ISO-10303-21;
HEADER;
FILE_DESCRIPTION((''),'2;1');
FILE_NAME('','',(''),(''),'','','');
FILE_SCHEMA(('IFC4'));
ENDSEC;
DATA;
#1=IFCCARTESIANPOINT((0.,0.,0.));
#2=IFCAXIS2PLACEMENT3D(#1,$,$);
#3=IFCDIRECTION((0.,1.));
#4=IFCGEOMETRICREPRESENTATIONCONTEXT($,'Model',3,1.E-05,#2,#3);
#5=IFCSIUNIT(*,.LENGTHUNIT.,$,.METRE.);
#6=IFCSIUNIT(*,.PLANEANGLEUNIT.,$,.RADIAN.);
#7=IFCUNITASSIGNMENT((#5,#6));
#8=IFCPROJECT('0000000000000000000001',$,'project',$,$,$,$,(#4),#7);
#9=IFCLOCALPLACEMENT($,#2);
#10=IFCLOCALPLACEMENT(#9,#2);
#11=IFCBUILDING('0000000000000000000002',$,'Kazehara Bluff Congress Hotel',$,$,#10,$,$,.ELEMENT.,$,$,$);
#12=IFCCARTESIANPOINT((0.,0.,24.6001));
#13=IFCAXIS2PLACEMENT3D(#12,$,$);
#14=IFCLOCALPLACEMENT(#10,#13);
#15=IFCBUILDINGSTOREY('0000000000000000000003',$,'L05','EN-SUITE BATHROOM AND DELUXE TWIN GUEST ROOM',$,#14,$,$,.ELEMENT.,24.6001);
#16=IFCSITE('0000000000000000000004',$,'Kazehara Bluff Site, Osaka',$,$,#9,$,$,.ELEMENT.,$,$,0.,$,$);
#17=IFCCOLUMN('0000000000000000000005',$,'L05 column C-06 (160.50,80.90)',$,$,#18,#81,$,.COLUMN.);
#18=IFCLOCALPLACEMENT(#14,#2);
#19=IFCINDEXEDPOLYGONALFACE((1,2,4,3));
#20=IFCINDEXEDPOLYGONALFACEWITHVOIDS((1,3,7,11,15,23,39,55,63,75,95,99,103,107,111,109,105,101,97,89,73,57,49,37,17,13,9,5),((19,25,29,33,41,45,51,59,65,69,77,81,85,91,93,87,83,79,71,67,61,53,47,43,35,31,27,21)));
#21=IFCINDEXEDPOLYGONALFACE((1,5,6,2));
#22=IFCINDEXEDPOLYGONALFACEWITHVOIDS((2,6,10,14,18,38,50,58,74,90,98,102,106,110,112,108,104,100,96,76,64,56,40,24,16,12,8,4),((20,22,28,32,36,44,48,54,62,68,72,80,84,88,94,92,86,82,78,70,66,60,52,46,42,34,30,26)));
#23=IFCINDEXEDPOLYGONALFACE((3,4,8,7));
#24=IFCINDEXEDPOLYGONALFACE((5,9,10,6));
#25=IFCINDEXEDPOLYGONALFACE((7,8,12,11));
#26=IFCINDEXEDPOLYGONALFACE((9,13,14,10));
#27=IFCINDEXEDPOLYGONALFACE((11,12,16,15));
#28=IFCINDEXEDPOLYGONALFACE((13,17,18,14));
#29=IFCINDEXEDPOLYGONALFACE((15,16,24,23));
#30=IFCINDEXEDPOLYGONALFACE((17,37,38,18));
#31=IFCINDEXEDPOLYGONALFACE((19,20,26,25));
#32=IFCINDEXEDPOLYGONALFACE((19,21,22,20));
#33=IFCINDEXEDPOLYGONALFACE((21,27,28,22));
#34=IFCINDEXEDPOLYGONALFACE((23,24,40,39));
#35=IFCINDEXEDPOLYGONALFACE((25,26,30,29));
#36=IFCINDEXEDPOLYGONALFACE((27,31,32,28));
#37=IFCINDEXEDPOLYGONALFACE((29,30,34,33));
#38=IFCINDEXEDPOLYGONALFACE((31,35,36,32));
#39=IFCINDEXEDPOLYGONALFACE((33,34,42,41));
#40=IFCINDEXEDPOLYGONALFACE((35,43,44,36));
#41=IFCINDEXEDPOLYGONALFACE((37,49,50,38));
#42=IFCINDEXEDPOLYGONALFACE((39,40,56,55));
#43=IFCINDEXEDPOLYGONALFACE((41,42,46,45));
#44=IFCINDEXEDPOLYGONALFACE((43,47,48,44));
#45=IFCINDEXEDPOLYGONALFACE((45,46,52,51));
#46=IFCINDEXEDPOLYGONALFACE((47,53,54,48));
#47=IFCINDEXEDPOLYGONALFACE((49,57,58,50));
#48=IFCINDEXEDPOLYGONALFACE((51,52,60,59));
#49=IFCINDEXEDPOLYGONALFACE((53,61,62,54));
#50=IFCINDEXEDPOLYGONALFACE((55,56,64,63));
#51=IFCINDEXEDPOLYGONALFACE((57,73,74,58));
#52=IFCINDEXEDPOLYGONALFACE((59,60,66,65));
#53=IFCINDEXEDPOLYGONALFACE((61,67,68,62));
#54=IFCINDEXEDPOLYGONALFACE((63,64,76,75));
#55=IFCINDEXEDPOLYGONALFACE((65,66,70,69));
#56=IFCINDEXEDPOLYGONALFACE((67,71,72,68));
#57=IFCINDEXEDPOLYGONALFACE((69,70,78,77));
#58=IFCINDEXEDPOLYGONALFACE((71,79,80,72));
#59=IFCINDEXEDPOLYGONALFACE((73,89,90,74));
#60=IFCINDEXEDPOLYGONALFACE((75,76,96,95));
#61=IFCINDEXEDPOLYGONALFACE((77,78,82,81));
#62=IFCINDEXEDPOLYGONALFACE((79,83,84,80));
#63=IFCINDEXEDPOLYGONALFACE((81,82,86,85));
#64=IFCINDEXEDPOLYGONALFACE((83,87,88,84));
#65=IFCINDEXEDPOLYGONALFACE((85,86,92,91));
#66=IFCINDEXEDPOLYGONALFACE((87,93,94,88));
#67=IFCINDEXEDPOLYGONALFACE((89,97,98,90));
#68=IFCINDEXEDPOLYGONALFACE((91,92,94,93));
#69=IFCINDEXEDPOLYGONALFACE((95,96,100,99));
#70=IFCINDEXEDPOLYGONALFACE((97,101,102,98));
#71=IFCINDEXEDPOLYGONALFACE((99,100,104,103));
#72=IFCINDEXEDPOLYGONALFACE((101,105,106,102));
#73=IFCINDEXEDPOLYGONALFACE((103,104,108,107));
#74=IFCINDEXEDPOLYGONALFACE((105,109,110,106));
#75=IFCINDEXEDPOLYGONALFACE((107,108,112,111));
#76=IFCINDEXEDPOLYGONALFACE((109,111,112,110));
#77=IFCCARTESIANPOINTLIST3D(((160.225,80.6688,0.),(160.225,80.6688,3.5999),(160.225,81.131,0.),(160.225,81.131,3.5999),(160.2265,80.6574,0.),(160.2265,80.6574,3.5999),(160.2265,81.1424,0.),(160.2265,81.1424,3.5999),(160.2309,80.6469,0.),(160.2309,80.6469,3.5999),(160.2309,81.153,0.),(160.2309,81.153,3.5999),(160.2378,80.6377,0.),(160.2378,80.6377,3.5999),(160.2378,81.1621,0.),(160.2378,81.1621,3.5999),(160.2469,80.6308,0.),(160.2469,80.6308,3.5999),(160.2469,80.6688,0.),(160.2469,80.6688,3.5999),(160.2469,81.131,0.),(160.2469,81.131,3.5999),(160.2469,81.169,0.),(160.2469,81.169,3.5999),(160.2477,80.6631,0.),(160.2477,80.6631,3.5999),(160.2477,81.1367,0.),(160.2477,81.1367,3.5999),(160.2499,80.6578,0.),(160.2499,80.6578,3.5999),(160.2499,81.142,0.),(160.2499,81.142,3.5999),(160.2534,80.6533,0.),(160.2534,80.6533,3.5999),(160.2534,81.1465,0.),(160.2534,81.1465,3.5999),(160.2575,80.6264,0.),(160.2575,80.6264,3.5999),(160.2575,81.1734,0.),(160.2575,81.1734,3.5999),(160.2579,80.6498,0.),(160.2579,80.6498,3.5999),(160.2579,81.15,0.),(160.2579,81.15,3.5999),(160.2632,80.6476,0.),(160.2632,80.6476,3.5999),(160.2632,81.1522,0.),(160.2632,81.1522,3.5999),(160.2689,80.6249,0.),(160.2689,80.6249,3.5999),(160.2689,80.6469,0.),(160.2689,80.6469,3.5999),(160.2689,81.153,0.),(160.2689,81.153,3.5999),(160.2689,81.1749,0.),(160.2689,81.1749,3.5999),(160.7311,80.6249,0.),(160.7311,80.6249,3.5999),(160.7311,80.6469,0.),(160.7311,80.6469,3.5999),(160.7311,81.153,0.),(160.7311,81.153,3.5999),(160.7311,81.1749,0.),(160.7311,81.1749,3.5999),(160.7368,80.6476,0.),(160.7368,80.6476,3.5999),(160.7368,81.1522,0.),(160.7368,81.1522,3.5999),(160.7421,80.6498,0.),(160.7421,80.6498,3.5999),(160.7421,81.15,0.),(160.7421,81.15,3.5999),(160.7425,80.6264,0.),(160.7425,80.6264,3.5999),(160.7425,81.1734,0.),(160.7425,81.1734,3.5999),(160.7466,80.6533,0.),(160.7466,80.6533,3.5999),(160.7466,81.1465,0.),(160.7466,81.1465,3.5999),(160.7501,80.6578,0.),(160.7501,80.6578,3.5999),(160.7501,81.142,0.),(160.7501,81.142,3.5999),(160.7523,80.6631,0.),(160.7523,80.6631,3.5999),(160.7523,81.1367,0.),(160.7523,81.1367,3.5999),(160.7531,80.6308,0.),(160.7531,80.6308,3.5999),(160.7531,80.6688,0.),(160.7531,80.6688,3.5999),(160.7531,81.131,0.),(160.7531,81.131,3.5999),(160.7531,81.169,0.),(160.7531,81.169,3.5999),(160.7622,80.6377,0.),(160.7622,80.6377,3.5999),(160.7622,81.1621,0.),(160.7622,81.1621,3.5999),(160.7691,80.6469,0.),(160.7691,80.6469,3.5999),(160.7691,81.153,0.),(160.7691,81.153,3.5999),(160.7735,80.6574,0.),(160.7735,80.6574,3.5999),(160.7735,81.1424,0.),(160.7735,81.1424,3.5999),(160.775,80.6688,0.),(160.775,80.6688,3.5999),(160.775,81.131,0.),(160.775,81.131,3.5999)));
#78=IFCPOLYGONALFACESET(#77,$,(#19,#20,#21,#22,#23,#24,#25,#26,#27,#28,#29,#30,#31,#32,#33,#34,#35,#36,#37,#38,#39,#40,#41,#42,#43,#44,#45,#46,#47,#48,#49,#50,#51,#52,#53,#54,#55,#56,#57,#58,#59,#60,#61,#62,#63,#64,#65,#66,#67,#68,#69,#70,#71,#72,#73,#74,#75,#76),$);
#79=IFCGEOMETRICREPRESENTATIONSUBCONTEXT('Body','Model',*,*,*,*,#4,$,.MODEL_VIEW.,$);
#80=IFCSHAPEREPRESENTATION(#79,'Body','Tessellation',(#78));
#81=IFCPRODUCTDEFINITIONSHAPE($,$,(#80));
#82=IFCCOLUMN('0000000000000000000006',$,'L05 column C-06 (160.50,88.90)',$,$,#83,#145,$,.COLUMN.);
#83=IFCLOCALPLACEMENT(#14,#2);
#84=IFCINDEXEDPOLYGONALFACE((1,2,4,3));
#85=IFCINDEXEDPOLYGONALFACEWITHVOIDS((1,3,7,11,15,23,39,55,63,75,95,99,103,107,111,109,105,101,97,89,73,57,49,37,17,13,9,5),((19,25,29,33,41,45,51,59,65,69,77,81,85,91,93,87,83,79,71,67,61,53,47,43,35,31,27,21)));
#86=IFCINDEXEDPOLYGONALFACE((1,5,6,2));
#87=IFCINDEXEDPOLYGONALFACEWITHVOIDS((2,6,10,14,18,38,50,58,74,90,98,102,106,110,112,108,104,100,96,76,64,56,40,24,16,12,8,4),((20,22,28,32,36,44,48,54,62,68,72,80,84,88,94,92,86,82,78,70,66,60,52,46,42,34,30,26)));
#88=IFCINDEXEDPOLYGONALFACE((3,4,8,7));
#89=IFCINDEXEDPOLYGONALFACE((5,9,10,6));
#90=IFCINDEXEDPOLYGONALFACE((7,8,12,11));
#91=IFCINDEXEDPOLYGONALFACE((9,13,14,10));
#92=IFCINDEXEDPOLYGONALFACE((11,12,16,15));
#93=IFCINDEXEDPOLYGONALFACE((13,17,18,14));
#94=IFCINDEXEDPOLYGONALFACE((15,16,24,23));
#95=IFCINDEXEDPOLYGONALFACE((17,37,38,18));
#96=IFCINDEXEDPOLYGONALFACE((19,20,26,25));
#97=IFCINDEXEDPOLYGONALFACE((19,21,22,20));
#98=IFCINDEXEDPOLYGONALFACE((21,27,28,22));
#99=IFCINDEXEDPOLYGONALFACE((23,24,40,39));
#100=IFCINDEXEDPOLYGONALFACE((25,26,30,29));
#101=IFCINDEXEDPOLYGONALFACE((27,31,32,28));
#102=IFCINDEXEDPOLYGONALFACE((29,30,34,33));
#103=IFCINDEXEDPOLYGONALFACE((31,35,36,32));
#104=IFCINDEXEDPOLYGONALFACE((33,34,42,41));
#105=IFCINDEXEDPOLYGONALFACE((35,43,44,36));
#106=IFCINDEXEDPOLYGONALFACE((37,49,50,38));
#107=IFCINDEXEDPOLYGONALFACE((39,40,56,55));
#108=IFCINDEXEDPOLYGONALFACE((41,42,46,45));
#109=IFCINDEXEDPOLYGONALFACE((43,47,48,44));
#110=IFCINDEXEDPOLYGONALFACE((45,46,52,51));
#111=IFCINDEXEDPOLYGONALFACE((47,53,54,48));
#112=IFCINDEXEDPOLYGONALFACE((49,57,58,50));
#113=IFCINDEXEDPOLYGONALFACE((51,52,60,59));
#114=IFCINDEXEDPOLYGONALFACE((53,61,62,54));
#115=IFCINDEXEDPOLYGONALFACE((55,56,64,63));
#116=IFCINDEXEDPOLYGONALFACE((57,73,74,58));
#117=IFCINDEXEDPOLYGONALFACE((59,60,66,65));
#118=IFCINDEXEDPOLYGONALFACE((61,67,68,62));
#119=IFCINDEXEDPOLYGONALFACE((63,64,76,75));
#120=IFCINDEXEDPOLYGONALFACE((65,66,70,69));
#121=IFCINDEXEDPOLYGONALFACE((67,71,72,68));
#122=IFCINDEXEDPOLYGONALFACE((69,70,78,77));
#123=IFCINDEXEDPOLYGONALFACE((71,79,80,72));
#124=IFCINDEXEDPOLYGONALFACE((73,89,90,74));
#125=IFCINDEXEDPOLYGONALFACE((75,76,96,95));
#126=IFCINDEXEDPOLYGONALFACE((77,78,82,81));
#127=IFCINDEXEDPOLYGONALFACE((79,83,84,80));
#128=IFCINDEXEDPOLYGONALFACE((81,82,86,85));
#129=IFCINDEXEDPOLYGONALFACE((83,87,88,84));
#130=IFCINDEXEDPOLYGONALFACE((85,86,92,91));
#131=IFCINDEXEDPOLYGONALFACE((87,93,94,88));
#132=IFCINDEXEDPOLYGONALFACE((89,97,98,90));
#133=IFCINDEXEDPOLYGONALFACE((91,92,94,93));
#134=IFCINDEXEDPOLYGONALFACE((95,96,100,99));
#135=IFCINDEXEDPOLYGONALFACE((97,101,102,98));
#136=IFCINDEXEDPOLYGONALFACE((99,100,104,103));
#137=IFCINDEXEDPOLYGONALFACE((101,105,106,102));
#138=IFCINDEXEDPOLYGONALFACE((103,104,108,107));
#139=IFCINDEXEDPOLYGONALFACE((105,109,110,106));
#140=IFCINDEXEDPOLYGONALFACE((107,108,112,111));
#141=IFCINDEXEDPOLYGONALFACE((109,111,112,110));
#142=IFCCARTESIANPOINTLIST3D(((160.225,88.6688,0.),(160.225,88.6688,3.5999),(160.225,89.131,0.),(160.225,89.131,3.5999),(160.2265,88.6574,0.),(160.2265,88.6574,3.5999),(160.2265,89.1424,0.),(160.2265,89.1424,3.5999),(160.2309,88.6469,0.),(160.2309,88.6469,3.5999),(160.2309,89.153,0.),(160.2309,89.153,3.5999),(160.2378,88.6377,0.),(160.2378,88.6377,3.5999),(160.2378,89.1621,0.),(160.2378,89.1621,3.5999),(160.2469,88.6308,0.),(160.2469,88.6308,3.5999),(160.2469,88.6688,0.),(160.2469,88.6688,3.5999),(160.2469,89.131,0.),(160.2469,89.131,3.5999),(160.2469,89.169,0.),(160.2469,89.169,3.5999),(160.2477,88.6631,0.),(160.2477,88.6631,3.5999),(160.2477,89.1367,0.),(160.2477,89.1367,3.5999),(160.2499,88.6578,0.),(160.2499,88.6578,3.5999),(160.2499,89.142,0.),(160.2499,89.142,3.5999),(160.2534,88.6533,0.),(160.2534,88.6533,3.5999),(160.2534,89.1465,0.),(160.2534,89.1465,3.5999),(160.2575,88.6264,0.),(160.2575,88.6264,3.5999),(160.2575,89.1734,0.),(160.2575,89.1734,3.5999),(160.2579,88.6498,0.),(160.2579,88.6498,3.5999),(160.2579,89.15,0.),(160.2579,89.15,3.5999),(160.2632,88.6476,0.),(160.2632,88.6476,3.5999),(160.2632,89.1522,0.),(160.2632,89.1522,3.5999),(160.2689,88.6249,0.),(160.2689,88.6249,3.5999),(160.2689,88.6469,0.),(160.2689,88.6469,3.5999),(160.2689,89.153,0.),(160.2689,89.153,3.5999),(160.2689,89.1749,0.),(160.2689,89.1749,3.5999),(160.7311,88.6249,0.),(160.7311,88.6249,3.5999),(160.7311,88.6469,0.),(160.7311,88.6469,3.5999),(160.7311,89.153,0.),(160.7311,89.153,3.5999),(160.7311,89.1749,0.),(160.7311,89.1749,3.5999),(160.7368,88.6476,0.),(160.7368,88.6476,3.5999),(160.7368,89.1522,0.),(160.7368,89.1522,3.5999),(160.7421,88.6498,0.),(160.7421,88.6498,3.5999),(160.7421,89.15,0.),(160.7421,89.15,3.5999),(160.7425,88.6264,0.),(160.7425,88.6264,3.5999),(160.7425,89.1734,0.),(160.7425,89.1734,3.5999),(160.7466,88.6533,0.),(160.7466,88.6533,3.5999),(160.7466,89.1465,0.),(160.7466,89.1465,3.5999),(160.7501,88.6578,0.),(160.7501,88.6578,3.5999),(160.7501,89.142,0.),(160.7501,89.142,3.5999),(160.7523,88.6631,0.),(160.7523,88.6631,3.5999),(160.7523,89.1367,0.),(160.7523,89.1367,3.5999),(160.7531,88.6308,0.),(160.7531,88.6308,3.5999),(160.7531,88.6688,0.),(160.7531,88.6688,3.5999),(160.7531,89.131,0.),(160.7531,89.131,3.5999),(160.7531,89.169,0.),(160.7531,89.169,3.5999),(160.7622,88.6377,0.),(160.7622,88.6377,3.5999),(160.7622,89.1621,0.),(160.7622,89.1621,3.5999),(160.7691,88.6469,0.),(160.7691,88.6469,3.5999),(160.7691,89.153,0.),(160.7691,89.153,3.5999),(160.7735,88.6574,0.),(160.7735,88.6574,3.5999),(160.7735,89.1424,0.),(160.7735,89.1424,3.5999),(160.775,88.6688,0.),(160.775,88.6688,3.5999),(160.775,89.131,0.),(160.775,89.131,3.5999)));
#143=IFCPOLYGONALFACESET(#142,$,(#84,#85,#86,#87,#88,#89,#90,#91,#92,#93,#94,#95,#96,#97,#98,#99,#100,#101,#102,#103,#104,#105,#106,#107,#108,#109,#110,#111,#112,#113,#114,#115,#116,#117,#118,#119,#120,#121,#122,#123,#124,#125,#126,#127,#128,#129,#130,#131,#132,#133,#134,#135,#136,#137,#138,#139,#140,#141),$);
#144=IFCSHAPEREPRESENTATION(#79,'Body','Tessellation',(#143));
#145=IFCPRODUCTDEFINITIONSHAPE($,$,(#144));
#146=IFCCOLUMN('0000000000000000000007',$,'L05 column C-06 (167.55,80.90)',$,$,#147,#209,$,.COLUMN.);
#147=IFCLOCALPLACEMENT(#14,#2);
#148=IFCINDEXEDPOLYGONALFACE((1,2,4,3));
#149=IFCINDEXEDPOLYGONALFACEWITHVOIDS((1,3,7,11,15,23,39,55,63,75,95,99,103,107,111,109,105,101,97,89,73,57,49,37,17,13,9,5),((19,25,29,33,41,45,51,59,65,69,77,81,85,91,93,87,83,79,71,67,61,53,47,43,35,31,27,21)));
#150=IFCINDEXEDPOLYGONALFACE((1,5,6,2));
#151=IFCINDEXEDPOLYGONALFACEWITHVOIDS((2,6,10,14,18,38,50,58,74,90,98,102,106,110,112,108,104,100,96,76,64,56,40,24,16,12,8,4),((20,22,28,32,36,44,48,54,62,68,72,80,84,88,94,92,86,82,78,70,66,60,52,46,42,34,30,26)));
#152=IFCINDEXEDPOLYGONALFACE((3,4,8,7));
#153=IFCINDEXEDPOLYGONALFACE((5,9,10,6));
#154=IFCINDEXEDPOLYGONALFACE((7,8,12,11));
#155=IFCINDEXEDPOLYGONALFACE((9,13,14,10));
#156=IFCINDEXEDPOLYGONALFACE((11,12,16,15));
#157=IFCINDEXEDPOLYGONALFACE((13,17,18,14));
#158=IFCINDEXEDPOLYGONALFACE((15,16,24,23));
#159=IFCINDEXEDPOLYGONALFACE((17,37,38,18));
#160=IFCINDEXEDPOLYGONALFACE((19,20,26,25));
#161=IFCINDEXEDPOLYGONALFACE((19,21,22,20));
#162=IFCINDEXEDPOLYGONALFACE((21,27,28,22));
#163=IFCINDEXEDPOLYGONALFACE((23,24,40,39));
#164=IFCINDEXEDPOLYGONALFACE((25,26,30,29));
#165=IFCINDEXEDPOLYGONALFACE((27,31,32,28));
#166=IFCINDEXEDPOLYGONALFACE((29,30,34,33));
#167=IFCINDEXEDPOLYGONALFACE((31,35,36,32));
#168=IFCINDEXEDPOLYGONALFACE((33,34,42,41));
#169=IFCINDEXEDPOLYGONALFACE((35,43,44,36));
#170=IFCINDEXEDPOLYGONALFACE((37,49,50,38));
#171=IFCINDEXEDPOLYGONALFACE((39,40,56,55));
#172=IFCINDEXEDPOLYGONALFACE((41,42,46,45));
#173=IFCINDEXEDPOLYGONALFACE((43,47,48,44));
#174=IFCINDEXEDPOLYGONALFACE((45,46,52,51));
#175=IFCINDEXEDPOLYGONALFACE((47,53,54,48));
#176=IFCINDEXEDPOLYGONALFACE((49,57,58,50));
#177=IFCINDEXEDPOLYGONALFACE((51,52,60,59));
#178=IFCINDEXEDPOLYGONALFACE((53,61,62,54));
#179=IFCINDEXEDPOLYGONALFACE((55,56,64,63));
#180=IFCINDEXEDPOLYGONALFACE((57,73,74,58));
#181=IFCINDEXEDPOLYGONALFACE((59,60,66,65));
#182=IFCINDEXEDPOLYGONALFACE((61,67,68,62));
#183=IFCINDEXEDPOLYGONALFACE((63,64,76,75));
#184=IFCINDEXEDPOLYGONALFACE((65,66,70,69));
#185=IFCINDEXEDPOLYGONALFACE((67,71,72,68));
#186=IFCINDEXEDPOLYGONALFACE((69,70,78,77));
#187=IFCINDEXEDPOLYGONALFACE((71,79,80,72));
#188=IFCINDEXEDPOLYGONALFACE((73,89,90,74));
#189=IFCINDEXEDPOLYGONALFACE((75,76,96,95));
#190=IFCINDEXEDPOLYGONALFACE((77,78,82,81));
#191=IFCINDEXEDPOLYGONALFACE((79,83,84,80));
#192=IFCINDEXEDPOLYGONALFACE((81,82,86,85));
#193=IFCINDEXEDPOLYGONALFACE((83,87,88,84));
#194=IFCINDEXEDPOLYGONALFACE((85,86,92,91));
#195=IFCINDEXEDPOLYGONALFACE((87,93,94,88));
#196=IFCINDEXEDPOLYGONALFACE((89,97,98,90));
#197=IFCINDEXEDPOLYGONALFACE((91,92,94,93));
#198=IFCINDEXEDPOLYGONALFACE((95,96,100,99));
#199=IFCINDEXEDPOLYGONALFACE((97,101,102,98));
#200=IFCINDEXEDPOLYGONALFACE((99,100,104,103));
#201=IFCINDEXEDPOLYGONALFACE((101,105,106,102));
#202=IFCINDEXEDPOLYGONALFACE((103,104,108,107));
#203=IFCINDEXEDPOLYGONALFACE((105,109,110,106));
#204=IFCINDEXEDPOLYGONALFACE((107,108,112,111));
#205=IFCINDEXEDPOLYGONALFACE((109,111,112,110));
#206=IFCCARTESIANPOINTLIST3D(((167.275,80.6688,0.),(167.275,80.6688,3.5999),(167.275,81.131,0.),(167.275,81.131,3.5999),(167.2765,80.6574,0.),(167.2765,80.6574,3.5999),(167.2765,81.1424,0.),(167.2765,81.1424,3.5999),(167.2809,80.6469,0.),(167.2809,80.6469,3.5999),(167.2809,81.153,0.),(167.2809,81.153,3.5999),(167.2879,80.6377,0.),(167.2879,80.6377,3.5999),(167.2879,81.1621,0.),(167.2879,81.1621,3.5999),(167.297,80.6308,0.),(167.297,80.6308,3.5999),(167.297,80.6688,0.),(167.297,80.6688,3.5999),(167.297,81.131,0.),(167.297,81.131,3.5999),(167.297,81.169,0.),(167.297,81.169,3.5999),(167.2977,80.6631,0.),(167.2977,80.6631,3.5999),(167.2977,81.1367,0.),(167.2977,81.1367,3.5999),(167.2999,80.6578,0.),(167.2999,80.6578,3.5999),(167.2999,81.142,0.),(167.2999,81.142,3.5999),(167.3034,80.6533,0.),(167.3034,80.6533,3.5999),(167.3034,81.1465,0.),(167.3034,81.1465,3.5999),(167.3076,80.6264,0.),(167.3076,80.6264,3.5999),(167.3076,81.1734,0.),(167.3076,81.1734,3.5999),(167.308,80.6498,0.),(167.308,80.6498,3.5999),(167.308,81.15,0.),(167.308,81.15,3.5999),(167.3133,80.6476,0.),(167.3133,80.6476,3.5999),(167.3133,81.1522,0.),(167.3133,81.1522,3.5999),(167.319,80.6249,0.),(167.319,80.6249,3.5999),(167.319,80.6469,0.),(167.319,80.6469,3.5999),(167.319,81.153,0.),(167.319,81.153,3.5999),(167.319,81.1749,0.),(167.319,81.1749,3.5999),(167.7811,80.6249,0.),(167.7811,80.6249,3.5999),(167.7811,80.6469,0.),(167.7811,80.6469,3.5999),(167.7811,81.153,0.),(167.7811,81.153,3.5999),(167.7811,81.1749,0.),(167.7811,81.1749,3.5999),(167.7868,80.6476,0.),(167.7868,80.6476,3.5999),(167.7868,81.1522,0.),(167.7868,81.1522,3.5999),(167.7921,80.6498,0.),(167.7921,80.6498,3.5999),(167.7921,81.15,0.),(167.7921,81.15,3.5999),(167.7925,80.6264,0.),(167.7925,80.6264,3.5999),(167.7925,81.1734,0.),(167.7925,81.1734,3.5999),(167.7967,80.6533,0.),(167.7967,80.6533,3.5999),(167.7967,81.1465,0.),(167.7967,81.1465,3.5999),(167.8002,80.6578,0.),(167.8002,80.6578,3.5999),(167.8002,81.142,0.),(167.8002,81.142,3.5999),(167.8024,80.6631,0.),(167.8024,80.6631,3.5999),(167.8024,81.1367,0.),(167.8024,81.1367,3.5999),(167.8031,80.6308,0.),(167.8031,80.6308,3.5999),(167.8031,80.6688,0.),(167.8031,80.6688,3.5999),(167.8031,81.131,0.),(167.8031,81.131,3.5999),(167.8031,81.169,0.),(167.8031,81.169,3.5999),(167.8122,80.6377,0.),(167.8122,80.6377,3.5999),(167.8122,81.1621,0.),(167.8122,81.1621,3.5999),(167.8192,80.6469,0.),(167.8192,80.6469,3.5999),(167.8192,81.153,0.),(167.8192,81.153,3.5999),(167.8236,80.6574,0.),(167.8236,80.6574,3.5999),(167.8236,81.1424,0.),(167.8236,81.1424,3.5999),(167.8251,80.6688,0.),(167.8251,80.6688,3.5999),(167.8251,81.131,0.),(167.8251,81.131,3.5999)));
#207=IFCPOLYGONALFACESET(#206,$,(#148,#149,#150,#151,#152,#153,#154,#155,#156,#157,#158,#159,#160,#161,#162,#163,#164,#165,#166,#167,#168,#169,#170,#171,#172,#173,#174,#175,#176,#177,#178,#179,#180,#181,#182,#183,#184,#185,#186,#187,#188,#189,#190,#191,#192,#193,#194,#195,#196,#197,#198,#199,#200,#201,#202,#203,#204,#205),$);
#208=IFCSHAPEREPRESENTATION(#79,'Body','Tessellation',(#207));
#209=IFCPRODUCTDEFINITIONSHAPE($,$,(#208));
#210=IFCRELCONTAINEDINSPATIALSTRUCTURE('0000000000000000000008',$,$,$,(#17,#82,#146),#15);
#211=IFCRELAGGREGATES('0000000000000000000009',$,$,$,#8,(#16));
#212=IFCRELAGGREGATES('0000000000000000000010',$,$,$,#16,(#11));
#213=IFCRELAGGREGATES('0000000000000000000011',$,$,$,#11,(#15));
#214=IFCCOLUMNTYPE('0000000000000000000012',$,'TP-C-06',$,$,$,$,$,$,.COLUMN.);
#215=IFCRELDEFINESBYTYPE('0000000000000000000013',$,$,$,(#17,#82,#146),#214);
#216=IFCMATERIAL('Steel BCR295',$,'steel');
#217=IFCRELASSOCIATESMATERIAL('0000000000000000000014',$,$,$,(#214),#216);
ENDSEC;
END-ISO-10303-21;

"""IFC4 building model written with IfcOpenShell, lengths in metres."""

from ifc_helpers import new_model, si_unit, direction, frame, origin, origin_2d, place, context, subcontext, project, spatial, hollow_rectangle, extrude, material, material_profile, profile_set, type_object, element, save


model = new_model("IFC4")

# Units and contexts
model_context = context("Model", 3, precision=1e-05, world=origin(), true_north=direction((0.0, 1.0)))
body_context = subcontext(model_context, "Body", "Model", "MODEL_VIEW")
ifc_project = project(units=[si_unit("LENGTHUNIT", "METRE"), si_unit("PLANEANGLEUNIT", "RADIAN")], contexts=[model_context])

# Site, building, storey
site_placement = place(None, origin())
site = spatial("IfcSite", under=ifc_project, at=site_placement, Name="Kazehara Bluff Site, Osaka", CompositionType="ELEMENT", RefElevation=0.0)
building_placement = place(site_placement, origin())
building = spatial("IfcBuilding", under=site, at=building_placement, Name="Kazehara Bluff Congress Hotel", CompositionType="ELEMENT")
storey_placement = place(building_placement, frame((0.0, 0.0, 24.6001)))
storey = spatial("IfcBuildingStorey", under=building, at=storey_placement, Name="L05", Description="EN-SUITE BATHROOM AND DELUXE TWIN GUEST ROOM", CompositionType="ELEMENT", Elevation=24.6001)

# Columns
ifc_material_1 = material(Name="Steel BCR295", Category="steel")
ifc_material_profile_1 = material_profile(ifc_material_1, hollow_rectangle(XDim=0.55, YDim=0.55, WallThickness=0.022, InnerFilletRadius=0.022, OuterFilletRadius=0.0439, at=origin_2d()))
ifc_profile_set_1 = profile_set([ifc_material_profile_1], Name="Steel BCR295")
column_type = type_object("IfcColumnType", Name="TP-C-06", PredefinedType="COLUMN", material=ifc_profile_set_1)
for number, where, z_axis, x_axis, name in (
    (1, (160.5, 80.8999, 0.0), (0.0, 0.0, 1.0), (1.0, 0.0, 0.0), "L05 column C-06 (160.50,80.90)"),
    (2, (160.5, 88.8999, 0.0), (0.0, 0.0, 1.0), (1.0, 0.0, 0.0), "L05 column C-06 (160.50,88.90)"),
    (3, (167.55, 80.8999, 0.0), (0.0, 0.0, 1.0), (1.0, 0.0, 0.0), "L05 column C-06 (167.55,80.90)"),
):
    element("IfcColumn", number, at=place(storey_placement, frame(where, z_axis=z_axis, x_axis=x_axis)), inside=storey, type_object=column_type, Name=name, PredefinedType="COLUMN", context=body_context, shape_type="SweptSolid", body=[
        extrude(hollow_rectangle(XDim=0.55, YDim=0.55, WallThickness=0.022, InnerFilletRadius=0.022, OuterFilletRadius=0.0439, at=origin_2d()), origin(), (0.0, 0.0, 1.0), 3.5999),
    ])

save(model, "model.ifc")
